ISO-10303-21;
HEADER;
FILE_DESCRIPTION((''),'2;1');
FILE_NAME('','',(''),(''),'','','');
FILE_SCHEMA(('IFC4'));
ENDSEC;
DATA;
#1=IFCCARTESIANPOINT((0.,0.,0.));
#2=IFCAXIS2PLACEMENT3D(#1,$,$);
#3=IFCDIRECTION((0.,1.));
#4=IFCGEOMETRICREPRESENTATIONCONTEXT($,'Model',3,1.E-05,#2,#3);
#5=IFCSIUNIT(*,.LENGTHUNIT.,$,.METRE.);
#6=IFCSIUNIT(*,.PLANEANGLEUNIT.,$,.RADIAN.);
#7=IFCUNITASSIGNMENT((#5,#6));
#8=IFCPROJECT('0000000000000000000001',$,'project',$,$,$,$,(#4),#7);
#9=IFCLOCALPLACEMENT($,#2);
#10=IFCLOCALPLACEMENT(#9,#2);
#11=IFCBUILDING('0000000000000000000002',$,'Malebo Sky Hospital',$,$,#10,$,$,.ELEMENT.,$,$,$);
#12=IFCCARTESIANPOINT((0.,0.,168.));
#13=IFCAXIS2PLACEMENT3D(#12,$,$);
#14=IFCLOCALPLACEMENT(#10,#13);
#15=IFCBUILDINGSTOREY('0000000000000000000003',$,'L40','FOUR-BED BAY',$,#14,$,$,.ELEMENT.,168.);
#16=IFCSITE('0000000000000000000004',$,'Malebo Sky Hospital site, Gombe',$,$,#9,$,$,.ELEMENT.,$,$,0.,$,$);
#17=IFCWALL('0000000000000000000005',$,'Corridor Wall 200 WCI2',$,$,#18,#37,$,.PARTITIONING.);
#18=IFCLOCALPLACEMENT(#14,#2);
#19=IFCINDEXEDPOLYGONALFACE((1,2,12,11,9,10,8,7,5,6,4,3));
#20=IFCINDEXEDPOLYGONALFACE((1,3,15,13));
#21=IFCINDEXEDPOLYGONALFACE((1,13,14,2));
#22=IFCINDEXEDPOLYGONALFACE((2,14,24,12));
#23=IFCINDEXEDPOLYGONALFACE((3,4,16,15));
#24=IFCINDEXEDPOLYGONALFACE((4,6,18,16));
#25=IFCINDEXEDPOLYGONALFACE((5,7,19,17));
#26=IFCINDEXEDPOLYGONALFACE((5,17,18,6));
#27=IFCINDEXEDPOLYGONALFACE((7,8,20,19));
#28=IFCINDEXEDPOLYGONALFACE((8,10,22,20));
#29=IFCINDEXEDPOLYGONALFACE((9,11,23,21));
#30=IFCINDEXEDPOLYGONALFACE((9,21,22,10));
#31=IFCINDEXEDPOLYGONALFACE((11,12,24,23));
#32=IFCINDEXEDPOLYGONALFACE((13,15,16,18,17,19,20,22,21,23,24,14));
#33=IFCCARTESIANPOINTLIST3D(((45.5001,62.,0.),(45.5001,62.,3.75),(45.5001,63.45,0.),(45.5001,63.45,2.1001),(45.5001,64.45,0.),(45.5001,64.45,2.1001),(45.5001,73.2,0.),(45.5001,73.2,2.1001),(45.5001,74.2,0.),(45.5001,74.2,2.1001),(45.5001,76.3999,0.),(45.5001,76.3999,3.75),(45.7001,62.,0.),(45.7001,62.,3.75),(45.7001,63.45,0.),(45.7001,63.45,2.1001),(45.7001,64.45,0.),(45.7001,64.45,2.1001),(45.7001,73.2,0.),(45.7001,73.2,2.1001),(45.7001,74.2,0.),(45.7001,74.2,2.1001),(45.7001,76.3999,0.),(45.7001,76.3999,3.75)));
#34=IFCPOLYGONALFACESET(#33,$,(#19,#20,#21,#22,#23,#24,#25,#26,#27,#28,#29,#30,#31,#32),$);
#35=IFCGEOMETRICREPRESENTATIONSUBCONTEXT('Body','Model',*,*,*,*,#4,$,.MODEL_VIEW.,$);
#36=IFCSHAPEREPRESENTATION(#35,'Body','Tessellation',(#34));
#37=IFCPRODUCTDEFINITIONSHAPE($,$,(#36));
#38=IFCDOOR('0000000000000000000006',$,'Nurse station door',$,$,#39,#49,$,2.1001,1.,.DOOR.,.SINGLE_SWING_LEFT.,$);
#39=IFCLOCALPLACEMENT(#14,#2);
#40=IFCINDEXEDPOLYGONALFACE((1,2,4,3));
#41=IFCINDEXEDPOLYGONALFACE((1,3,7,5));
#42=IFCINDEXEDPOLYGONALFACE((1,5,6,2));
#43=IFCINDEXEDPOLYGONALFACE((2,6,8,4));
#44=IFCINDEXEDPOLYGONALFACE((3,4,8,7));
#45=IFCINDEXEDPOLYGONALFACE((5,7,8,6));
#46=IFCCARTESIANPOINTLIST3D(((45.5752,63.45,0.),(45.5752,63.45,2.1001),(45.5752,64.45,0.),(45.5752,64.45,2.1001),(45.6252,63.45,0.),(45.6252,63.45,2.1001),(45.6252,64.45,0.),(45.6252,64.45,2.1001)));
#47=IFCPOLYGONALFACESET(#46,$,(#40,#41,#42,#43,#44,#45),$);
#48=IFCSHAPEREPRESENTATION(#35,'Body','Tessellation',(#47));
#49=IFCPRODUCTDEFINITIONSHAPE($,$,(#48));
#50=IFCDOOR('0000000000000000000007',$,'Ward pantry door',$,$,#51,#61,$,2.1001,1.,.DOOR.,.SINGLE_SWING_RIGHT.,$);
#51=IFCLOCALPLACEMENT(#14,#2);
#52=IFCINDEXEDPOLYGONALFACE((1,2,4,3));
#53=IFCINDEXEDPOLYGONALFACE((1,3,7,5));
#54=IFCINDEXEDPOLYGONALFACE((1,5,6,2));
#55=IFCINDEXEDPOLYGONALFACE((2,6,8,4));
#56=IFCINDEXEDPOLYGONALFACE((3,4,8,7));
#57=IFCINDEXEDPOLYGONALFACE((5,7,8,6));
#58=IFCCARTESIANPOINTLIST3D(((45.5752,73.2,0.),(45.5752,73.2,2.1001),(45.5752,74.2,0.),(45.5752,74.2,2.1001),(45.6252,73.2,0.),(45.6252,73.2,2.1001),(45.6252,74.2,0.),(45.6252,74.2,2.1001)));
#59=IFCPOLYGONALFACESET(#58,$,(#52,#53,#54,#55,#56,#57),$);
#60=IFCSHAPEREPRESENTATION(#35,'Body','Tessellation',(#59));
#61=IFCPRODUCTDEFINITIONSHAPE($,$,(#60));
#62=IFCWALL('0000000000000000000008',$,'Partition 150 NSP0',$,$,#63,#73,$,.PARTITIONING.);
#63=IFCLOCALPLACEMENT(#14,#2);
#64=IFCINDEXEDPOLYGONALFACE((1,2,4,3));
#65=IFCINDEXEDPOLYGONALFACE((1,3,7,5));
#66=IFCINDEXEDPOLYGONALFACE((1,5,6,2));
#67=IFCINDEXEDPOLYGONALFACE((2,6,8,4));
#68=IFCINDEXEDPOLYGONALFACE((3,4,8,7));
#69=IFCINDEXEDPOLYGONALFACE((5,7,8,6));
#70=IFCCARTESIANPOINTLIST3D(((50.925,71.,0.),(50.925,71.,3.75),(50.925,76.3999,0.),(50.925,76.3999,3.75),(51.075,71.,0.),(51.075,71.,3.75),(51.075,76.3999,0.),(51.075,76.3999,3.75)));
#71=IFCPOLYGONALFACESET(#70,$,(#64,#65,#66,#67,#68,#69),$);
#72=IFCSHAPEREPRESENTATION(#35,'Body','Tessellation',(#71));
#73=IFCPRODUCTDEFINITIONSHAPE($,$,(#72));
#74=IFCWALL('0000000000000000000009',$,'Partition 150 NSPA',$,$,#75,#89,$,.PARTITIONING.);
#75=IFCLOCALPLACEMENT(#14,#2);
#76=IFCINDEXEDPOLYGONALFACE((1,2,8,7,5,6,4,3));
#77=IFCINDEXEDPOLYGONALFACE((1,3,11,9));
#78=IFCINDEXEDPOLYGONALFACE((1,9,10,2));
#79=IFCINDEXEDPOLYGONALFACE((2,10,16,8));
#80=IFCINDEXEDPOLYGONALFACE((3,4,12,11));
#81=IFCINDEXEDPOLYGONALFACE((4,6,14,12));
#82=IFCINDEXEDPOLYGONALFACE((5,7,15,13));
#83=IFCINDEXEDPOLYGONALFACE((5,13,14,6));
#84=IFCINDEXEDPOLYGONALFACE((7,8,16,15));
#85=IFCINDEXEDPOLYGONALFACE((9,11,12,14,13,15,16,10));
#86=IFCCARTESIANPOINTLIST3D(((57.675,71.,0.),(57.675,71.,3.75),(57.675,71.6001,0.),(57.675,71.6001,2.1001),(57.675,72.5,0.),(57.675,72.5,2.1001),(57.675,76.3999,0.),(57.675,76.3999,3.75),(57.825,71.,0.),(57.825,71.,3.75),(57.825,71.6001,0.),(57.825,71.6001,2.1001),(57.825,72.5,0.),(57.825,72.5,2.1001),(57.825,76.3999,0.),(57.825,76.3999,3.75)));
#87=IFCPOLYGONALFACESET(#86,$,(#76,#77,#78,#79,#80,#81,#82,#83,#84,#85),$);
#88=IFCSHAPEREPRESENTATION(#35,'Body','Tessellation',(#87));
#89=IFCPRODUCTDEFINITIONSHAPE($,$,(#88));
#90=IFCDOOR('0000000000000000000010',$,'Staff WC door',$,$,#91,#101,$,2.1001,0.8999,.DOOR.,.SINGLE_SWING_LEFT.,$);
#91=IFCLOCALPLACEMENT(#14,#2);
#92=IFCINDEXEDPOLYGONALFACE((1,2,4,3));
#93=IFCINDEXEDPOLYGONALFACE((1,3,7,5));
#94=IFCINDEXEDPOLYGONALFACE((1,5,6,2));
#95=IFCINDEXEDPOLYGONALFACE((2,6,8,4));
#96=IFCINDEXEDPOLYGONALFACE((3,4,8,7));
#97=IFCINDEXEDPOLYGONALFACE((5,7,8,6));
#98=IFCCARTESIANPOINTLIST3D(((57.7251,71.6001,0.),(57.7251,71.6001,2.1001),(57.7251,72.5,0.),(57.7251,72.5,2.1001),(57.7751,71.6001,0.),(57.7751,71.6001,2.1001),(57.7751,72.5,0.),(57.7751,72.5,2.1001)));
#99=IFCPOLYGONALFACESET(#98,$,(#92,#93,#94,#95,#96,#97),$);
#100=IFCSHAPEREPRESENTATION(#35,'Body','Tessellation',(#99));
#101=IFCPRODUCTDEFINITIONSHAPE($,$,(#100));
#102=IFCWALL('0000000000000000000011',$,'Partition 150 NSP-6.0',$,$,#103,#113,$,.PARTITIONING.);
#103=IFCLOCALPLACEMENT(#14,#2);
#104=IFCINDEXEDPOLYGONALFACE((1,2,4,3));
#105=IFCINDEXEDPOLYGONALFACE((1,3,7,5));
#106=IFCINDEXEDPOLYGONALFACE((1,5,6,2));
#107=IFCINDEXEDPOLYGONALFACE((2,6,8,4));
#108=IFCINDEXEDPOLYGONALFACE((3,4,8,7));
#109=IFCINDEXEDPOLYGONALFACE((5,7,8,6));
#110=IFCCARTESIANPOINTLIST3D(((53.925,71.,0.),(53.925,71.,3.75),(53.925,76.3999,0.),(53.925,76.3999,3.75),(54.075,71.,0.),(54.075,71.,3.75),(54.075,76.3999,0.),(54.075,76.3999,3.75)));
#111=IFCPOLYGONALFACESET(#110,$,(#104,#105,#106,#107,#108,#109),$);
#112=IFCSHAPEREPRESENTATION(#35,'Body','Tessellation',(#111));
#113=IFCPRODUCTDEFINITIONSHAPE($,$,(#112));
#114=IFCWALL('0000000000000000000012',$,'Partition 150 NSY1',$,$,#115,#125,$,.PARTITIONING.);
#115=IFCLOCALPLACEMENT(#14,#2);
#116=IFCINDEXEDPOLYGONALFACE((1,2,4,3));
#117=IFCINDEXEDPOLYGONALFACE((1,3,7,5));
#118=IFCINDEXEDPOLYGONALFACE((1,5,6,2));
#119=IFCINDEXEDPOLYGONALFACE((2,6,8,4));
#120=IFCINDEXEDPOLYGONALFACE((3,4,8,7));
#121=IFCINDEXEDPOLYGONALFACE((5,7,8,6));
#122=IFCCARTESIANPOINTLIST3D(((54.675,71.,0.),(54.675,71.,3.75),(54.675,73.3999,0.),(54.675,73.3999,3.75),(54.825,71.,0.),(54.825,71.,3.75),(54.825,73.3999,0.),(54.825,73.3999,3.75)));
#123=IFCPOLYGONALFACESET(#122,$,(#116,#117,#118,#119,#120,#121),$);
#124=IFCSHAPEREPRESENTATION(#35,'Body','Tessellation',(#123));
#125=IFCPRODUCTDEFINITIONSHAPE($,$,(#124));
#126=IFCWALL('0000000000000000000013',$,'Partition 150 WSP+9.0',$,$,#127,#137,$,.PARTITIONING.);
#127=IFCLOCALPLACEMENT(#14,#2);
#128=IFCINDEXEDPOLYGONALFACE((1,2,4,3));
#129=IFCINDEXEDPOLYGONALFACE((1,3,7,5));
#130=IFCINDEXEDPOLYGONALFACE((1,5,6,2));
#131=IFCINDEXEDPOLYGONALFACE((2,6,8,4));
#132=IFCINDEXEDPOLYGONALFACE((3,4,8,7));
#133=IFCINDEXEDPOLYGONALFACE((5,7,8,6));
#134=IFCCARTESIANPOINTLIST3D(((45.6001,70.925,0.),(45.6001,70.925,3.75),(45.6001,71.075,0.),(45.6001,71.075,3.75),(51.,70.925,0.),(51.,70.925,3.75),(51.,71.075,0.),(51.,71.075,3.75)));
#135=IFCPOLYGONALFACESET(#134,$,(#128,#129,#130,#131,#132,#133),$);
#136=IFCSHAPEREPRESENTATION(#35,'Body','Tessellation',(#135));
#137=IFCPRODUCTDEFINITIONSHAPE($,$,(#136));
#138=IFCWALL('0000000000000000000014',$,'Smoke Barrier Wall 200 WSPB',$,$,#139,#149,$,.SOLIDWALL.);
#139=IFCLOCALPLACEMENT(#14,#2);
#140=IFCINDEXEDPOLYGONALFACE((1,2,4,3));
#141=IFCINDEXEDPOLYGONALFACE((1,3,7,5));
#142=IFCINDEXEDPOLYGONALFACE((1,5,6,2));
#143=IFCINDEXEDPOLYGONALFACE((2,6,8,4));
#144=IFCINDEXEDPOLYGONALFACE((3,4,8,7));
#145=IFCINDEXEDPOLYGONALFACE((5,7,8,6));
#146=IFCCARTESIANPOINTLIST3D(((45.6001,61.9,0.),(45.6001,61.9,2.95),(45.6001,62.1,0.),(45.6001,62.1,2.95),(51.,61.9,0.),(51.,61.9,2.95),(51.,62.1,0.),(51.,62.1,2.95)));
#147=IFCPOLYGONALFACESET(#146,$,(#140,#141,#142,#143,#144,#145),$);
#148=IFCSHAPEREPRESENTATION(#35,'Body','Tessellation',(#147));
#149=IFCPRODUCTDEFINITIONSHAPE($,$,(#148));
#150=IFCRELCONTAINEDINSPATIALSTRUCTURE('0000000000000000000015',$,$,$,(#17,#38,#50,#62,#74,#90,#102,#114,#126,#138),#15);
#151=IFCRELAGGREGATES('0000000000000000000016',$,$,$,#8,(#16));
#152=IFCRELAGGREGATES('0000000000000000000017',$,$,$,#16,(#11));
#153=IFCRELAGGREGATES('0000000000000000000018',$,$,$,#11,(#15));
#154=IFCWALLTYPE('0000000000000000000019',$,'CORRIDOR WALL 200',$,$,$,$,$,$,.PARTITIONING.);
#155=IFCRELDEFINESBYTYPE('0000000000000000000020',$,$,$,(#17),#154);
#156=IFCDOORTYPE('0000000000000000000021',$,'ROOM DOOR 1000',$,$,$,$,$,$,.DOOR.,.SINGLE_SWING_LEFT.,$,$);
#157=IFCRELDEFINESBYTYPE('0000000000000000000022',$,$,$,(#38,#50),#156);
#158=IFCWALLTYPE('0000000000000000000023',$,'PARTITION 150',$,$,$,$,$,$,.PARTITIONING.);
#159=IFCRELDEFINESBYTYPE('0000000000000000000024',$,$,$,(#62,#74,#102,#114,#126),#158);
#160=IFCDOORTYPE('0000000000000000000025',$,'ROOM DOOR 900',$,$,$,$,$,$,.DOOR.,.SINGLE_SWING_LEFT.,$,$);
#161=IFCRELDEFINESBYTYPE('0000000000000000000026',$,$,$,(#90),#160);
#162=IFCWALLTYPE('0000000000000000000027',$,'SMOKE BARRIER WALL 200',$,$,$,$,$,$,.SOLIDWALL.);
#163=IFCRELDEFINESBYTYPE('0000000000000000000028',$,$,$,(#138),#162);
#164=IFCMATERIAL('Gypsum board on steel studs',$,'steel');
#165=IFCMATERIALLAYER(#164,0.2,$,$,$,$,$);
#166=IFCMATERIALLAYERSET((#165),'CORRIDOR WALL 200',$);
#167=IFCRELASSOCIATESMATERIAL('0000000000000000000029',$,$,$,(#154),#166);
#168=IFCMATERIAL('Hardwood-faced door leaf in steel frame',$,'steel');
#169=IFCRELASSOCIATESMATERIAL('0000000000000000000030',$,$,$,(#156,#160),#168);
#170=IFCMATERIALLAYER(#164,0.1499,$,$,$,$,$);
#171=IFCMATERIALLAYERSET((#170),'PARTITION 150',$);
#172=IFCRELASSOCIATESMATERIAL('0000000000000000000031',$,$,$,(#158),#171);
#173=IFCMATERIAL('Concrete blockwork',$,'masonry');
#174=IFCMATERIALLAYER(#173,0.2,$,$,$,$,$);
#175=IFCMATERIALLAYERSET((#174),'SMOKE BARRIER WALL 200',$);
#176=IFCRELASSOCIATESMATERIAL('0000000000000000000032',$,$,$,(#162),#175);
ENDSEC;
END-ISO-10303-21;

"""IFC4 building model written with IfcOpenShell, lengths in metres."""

from ifc_helpers import new_model, si_unit, direction, frame, frame_2d, origin, place, context, subcontext, project, spatial, rectangle, extrude, material, layer, layer_set, type_object, element, fill, save


model = new_model("IFC4")

# Units and contexts
model_context = context("Model", 3, precision=1e-05, world=origin(), true_north=direction((0.0, 1.0)))
body_context = subcontext(model_context, "Body", "Model", "MODEL_VIEW")
ifc_project = project(units=[si_unit("LENGTHUNIT", "METRE"), si_unit("PLANEANGLEUNIT", "RADIAN")], contexts=[model_context])

# Site, building, storey
site_placement = place(None, origin())
site = spatial("IfcSite", under=ifc_project, at=site_placement, Name="Malebo Sky Hospital site, Gombe", CompositionType="ELEMENT", RefElevation=0.0)
building_placement = place(site_placement, origin())
building = spatial("IfcBuilding", under=site, at=building_placement, Name="Malebo Sky Hospital", CompositionType="ELEMENT")
storey_placement = place(building_placement, frame((0.0, 0.0, 168.0)))
storey = spatial("IfcBuildingStorey", under=building, at=storey_placement, Name="L40", Description="FOUR-BED BAY", CompositionType="ELEMENT", Elevation=168.0)

# Shared definitions
ifc_material_1 = material(Name="Hardwood-faced door leaf in steel frame", Category="steel")

# Wall, openings, doors
ifc_material_2 = material(Name="Gypsum board on steel studs", Category="steel")
ifc_layer_1 = layer(ifc_material_2, 0.2)
ifc_layer_set_1 = layer_set([ifc_layer_1], Name="CORRIDOR WALL 200")
wall_type_1 = type_object("IfcWallType", Name="CORRIDOR WALL 200", PredefinedType="PARTITIONING", material=ifc_layer_set_1)
wall_1_placement = place(storey_placement, frame((45.6001, 62.0, 0.0), z_axis=(0.0, 0.0, 1.0), x_axis=(0.0, 1.0, 0.0)))
wall_1 = element("IfcWall", 1, at=wall_1_placement, inside=storey, type_object=wall_type_1, Name="Corridor Wall 200 WCI2", PredefinedType="PARTITIONING", context=body_context, shape_type="SweptSolid", body=[
    extrude(rectangle(XDim=14.3999, YDim=0.2, at=frame_2d((7.2, 0.0))), origin(), (0.0, 0.0, 1.0), 3.75),
])
opening_1_placement = place(wall_1_placement, frame((1.45, 0.0, 0.0)))
opening_1 = element("IfcOpeningElement", 2, at=opening_1_placement, cuts=wall_1, PredefinedType="OPENING", context=body_context, shape_type="SweptSolid", body=[
    extrude(rectangle(XDim=1.0, YDim=2.1001, at=frame_2d((0.5, 1.05))), frame((0.0, 0.1099, 0.0), z_axis=(0.0, -1.0, 0.0), x_axis=(1.0, 0.0, 0.0)), (0.0, 0.0, 1.0), 0.22),
])
opening_2_placement = place(wall_1_placement, frame((11.2, 0.0, 0.0)))
opening_2 = element("IfcOpeningElement", 3, at=opening_2_placement, cuts=wall_1, PredefinedType="OPENING", context=body_context, shape_type="SweptSolid", body=[
    extrude(rectangle(XDim=1.0, YDim=2.1001, at=frame_2d((0.5, 1.05))), frame((0.0, 0.1099, 0.0), z_axis=(0.0, -1.0, 0.0), x_axis=(1.0, 0.0, 0.0)), (0.0, 0.0, 1.0), 0.22),
])
door_type_1 = type_object("IfcDoorType", Name="ROOM DOOR 1000", OperationType="SINGLE_SWING_LEFT", PredefinedType="DOOR", material=ifc_material_1)
door_1_placement = place(opening_1_placement, origin())
door_1 = element("IfcDoor", 4, at=door_1_placement, inside=storey, type_object=door_type_1, Name="Nurse station door", OperationType="SINGLE_SWING_LEFT", OverallHeight=2.1001, OverallWidth=1.0, PredefinedType="DOOR", context=body_context, shape_type="SweptSolid", body=[
    extrude(rectangle(XDim=1.0, YDim=2.1001, at=frame_2d((0.5, 1.05))), frame((0.0, 0.0249, 0.0), z_axis=(0.0, -1.0, 0.0), x_axis=(1.0, 0.0, 0.0)), (0.0, 0.0, 1.0), 0.05),
])
fill(opening_1, door_1)
door_2_placement = place(opening_2_placement, origin())
door_2 = element("IfcDoor", 5, at=door_2_placement, inside=storey, type_object=door_type_1, Name="Ward pantry door", OperationType="SINGLE_SWING_RIGHT", OverallHeight=2.1001, OverallWidth=1.0, PredefinedType="DOOR", context=body_context, shape_type="SweptSolid", body=[
    extrude(rectangle(XDim=1.0, YDim=2.1001, at=frame_2d((0.5, 1.05))), frame((0.0, 0.0249, 0.0), z_axis=(0.0, -1.0, 0.0), x_axis=(1.0, 0.0, 0.0)), (0.0, 0.0, 1.0), 0.05),
])
fill(opening_2, door_2)

# Wall
ifc_layer_2 = layer(ifc_material_2, 0.1499)
ifc_layer_set_2 = layer_set([ifc_layer_2], Name="PARTITION 150")
wall_type_2 = type_object("IfcWallType", Name="PARTITION 150", PredefinedType="PARTITIONING", material=ifc_layer_set_2)
wall_2_placement = place(storey_placement, frame((51.0, 71.0, 0.0), z_axis=(0.0, 0.0, 1.0), x_axis=(0.0, 1.0, 0.0)))
element("IfcWall", 6, at=wall_2_placement, inside=storey, type_object=wall_type_2, Name="Partition 150 NSP0", PredefinedType="PARTITIONING", context=body_context, shape_type="SweptSolid", body=[
    extrude(rectangle(XDim=5.3999, YDim=0.1499, at=frame_2d((2.7, 0.0))), origin(), (0.0, 0.0, 1.0), 3.75),
])

# Wall, opening, door
wall_3_placement = place(storey_placement, frame((57.75, 71.0, 0.0), z_axis=(0.0, 0.0, 1.0), x_axis=(0.0, 1.0, 0.0)))
wall_3 = element("IfcWall", 7, at=wall_3_placement, inside=storey, type_object=wall_type_2, Name="Partition 150 NSPA", PredefinedType="PARTITIONING", context=body_context, shape_type="SweptSolid", body=[
    extrude(rectangle(XDim=5.3999, YDim=0.1499, at=frame_2d((2.7, 0.0))), origin(), (0.0, 0.0, 1.0), 3.75),
])
opening_3_placement = place(wall_3_placement, frame((0.6001, 0.0, 0.0)))
opening_3 = element("IfcOpeningElement", 8, at=opening_3_placement, cuts=wall_3, PredefinedType="OPENING", context=body_context, shape_type="SweptSolid", body=[
    extrude(rectangle(XDim=0.8999, YDim=2.1001, at=frame_2d((0.45, 1.05))), frame((0.0, 0.085, 0.0), z_axis=(0.0, -1.0, 0.0), x_axis=(1.0, 0.0, 0.0)), (0.0, 0.0, 1.0), 0.1699),
])
door_type_2 = type_object("IfcDoorType", Name="ROOM DOOR 900", OperationType="SINGLE_SWING_LEFT", PredefinedType="DOOR", material=ifc_material_1)
door_3_placement = place(opening_3_placement, origin())
door_3 = element("IfcDoor", 9, at=door_3_placement, inside=storey, type_object=door_type_2, Name="Staff WC door", OperationType="SINGLE_SWING_LEFT", OverallHeight=2.1001, OverallWidth=0.8999, PredefinedType="DOOR", context=body_context, shape_type="SweptSolid", body=[
    extrude(rectangle(XDim=0.8999, YDim=2.1001, at=frame_2d((0.45, 1.05))), frame((0.0, 0.0249, 0.0), z_axis=(0.0, -1.0, 0.0), x_axis=(1.0, 0.0, 0.0)), (0.0, 0.0, 1.0), 0.05),
])
fill(opening_3, door_3)

# Walls
wall_4_placement = place(storey_placement, frame((54.0, 71.0, 0.0), z_axis=(0.0, 0.0, 1.0), x_axis=(0.0, 1.0, 0.0)))
element("IfcWall", 10, at=wall_4_placement, inside=storey, type_object=wall_type_2, Name="Partition 150 NSP-6.0", PredefinedType="PARTITIONING", context=body_context, shape_type="SweptSolid", body=[
    extrude(rectangle(XDim=5.3999, YDim=0.1499, at=frame_2d((2.7, 0.0))), origin(), (0.0, 0.0, 1.0), 3.75),
])
wall_5_placement = place(storey_placement, frame((54.75, 71.0, 0.0), z_axis=(0.0, 0.0, 1.0), x_axis=(0.0, 1.0, 0.0)))
element("IfcWall", 11, at=wall_5_placement, inside=storey, type_object=wall_type_2, Name="Partition 150 NSY1", PredefinedType="PARTITIONING", context=body_context, shape_type="SweptSolid", body=[
    extrude(rectangle(XDim=2.3999, YDim=0.1499, at=frame_2d((1.2, 0.0))), origin(), (0.0, 0.0, 1.0), 3.75),
])
wall_6_placement = place(storey_placement, frame((51.0, 71.0, 0.0), z_axis=(0.0, 0.0, 1.0), x_axis=(-1.0, 0.0, 0.0)))
element("IfcWall", 12, at=wall_6_placement, inside=storey, type_object=wall_type_2, Name="Partition 150 WSP+9.0", PredefinedType="PARTITIONING", context=body_context, shape_type="SweptSolid", body=[
    extrude(rectangle(XDim=5.3999, YDim=0.1499, at=frame_2d((2.7, 0.0))), origin(), (0.0, 0.0, 1.0), 3.75),
])
ifc_material_3 = material(Name="Concrete blockwork", Category="masonry")
ifc_layer_3 = layer(ifc_material_3, 0.2)
ifc_layer_set_3 = layer_set([ifc_layer_3], Name="SMOKE BARRIER WALL 200")
wall_type_3 = type_object("IfcWallType", Name="SMOKE BARRIER WALL 200", PredefinedType="SOLIDWALL", material=ifc_layer_set_3)
wall_7_placement = place(storey_placement, frame((51.0, 62.0, 0.0), z_axis=(0.0, 0.0, 1.0), x_axis=(-1.0, 0.0, 0.0)))
element("IfcWall", 13, at=wall_7_placement, inside=storey, type_object=wall_type_3, Name="Smoke Barrier Wall 200 WSPB", PredefinedType="SOLIDWALL", context=body_context, shape_type="SweptSolid", body=[
    extrude(rectangle(XDim=5.3999, YDim=0.2, at=frame_2d((2.7, 0.0))), origin(), (0.0, 0.0, 1.0), 2.95),
])

save(model, "model.ifc")
